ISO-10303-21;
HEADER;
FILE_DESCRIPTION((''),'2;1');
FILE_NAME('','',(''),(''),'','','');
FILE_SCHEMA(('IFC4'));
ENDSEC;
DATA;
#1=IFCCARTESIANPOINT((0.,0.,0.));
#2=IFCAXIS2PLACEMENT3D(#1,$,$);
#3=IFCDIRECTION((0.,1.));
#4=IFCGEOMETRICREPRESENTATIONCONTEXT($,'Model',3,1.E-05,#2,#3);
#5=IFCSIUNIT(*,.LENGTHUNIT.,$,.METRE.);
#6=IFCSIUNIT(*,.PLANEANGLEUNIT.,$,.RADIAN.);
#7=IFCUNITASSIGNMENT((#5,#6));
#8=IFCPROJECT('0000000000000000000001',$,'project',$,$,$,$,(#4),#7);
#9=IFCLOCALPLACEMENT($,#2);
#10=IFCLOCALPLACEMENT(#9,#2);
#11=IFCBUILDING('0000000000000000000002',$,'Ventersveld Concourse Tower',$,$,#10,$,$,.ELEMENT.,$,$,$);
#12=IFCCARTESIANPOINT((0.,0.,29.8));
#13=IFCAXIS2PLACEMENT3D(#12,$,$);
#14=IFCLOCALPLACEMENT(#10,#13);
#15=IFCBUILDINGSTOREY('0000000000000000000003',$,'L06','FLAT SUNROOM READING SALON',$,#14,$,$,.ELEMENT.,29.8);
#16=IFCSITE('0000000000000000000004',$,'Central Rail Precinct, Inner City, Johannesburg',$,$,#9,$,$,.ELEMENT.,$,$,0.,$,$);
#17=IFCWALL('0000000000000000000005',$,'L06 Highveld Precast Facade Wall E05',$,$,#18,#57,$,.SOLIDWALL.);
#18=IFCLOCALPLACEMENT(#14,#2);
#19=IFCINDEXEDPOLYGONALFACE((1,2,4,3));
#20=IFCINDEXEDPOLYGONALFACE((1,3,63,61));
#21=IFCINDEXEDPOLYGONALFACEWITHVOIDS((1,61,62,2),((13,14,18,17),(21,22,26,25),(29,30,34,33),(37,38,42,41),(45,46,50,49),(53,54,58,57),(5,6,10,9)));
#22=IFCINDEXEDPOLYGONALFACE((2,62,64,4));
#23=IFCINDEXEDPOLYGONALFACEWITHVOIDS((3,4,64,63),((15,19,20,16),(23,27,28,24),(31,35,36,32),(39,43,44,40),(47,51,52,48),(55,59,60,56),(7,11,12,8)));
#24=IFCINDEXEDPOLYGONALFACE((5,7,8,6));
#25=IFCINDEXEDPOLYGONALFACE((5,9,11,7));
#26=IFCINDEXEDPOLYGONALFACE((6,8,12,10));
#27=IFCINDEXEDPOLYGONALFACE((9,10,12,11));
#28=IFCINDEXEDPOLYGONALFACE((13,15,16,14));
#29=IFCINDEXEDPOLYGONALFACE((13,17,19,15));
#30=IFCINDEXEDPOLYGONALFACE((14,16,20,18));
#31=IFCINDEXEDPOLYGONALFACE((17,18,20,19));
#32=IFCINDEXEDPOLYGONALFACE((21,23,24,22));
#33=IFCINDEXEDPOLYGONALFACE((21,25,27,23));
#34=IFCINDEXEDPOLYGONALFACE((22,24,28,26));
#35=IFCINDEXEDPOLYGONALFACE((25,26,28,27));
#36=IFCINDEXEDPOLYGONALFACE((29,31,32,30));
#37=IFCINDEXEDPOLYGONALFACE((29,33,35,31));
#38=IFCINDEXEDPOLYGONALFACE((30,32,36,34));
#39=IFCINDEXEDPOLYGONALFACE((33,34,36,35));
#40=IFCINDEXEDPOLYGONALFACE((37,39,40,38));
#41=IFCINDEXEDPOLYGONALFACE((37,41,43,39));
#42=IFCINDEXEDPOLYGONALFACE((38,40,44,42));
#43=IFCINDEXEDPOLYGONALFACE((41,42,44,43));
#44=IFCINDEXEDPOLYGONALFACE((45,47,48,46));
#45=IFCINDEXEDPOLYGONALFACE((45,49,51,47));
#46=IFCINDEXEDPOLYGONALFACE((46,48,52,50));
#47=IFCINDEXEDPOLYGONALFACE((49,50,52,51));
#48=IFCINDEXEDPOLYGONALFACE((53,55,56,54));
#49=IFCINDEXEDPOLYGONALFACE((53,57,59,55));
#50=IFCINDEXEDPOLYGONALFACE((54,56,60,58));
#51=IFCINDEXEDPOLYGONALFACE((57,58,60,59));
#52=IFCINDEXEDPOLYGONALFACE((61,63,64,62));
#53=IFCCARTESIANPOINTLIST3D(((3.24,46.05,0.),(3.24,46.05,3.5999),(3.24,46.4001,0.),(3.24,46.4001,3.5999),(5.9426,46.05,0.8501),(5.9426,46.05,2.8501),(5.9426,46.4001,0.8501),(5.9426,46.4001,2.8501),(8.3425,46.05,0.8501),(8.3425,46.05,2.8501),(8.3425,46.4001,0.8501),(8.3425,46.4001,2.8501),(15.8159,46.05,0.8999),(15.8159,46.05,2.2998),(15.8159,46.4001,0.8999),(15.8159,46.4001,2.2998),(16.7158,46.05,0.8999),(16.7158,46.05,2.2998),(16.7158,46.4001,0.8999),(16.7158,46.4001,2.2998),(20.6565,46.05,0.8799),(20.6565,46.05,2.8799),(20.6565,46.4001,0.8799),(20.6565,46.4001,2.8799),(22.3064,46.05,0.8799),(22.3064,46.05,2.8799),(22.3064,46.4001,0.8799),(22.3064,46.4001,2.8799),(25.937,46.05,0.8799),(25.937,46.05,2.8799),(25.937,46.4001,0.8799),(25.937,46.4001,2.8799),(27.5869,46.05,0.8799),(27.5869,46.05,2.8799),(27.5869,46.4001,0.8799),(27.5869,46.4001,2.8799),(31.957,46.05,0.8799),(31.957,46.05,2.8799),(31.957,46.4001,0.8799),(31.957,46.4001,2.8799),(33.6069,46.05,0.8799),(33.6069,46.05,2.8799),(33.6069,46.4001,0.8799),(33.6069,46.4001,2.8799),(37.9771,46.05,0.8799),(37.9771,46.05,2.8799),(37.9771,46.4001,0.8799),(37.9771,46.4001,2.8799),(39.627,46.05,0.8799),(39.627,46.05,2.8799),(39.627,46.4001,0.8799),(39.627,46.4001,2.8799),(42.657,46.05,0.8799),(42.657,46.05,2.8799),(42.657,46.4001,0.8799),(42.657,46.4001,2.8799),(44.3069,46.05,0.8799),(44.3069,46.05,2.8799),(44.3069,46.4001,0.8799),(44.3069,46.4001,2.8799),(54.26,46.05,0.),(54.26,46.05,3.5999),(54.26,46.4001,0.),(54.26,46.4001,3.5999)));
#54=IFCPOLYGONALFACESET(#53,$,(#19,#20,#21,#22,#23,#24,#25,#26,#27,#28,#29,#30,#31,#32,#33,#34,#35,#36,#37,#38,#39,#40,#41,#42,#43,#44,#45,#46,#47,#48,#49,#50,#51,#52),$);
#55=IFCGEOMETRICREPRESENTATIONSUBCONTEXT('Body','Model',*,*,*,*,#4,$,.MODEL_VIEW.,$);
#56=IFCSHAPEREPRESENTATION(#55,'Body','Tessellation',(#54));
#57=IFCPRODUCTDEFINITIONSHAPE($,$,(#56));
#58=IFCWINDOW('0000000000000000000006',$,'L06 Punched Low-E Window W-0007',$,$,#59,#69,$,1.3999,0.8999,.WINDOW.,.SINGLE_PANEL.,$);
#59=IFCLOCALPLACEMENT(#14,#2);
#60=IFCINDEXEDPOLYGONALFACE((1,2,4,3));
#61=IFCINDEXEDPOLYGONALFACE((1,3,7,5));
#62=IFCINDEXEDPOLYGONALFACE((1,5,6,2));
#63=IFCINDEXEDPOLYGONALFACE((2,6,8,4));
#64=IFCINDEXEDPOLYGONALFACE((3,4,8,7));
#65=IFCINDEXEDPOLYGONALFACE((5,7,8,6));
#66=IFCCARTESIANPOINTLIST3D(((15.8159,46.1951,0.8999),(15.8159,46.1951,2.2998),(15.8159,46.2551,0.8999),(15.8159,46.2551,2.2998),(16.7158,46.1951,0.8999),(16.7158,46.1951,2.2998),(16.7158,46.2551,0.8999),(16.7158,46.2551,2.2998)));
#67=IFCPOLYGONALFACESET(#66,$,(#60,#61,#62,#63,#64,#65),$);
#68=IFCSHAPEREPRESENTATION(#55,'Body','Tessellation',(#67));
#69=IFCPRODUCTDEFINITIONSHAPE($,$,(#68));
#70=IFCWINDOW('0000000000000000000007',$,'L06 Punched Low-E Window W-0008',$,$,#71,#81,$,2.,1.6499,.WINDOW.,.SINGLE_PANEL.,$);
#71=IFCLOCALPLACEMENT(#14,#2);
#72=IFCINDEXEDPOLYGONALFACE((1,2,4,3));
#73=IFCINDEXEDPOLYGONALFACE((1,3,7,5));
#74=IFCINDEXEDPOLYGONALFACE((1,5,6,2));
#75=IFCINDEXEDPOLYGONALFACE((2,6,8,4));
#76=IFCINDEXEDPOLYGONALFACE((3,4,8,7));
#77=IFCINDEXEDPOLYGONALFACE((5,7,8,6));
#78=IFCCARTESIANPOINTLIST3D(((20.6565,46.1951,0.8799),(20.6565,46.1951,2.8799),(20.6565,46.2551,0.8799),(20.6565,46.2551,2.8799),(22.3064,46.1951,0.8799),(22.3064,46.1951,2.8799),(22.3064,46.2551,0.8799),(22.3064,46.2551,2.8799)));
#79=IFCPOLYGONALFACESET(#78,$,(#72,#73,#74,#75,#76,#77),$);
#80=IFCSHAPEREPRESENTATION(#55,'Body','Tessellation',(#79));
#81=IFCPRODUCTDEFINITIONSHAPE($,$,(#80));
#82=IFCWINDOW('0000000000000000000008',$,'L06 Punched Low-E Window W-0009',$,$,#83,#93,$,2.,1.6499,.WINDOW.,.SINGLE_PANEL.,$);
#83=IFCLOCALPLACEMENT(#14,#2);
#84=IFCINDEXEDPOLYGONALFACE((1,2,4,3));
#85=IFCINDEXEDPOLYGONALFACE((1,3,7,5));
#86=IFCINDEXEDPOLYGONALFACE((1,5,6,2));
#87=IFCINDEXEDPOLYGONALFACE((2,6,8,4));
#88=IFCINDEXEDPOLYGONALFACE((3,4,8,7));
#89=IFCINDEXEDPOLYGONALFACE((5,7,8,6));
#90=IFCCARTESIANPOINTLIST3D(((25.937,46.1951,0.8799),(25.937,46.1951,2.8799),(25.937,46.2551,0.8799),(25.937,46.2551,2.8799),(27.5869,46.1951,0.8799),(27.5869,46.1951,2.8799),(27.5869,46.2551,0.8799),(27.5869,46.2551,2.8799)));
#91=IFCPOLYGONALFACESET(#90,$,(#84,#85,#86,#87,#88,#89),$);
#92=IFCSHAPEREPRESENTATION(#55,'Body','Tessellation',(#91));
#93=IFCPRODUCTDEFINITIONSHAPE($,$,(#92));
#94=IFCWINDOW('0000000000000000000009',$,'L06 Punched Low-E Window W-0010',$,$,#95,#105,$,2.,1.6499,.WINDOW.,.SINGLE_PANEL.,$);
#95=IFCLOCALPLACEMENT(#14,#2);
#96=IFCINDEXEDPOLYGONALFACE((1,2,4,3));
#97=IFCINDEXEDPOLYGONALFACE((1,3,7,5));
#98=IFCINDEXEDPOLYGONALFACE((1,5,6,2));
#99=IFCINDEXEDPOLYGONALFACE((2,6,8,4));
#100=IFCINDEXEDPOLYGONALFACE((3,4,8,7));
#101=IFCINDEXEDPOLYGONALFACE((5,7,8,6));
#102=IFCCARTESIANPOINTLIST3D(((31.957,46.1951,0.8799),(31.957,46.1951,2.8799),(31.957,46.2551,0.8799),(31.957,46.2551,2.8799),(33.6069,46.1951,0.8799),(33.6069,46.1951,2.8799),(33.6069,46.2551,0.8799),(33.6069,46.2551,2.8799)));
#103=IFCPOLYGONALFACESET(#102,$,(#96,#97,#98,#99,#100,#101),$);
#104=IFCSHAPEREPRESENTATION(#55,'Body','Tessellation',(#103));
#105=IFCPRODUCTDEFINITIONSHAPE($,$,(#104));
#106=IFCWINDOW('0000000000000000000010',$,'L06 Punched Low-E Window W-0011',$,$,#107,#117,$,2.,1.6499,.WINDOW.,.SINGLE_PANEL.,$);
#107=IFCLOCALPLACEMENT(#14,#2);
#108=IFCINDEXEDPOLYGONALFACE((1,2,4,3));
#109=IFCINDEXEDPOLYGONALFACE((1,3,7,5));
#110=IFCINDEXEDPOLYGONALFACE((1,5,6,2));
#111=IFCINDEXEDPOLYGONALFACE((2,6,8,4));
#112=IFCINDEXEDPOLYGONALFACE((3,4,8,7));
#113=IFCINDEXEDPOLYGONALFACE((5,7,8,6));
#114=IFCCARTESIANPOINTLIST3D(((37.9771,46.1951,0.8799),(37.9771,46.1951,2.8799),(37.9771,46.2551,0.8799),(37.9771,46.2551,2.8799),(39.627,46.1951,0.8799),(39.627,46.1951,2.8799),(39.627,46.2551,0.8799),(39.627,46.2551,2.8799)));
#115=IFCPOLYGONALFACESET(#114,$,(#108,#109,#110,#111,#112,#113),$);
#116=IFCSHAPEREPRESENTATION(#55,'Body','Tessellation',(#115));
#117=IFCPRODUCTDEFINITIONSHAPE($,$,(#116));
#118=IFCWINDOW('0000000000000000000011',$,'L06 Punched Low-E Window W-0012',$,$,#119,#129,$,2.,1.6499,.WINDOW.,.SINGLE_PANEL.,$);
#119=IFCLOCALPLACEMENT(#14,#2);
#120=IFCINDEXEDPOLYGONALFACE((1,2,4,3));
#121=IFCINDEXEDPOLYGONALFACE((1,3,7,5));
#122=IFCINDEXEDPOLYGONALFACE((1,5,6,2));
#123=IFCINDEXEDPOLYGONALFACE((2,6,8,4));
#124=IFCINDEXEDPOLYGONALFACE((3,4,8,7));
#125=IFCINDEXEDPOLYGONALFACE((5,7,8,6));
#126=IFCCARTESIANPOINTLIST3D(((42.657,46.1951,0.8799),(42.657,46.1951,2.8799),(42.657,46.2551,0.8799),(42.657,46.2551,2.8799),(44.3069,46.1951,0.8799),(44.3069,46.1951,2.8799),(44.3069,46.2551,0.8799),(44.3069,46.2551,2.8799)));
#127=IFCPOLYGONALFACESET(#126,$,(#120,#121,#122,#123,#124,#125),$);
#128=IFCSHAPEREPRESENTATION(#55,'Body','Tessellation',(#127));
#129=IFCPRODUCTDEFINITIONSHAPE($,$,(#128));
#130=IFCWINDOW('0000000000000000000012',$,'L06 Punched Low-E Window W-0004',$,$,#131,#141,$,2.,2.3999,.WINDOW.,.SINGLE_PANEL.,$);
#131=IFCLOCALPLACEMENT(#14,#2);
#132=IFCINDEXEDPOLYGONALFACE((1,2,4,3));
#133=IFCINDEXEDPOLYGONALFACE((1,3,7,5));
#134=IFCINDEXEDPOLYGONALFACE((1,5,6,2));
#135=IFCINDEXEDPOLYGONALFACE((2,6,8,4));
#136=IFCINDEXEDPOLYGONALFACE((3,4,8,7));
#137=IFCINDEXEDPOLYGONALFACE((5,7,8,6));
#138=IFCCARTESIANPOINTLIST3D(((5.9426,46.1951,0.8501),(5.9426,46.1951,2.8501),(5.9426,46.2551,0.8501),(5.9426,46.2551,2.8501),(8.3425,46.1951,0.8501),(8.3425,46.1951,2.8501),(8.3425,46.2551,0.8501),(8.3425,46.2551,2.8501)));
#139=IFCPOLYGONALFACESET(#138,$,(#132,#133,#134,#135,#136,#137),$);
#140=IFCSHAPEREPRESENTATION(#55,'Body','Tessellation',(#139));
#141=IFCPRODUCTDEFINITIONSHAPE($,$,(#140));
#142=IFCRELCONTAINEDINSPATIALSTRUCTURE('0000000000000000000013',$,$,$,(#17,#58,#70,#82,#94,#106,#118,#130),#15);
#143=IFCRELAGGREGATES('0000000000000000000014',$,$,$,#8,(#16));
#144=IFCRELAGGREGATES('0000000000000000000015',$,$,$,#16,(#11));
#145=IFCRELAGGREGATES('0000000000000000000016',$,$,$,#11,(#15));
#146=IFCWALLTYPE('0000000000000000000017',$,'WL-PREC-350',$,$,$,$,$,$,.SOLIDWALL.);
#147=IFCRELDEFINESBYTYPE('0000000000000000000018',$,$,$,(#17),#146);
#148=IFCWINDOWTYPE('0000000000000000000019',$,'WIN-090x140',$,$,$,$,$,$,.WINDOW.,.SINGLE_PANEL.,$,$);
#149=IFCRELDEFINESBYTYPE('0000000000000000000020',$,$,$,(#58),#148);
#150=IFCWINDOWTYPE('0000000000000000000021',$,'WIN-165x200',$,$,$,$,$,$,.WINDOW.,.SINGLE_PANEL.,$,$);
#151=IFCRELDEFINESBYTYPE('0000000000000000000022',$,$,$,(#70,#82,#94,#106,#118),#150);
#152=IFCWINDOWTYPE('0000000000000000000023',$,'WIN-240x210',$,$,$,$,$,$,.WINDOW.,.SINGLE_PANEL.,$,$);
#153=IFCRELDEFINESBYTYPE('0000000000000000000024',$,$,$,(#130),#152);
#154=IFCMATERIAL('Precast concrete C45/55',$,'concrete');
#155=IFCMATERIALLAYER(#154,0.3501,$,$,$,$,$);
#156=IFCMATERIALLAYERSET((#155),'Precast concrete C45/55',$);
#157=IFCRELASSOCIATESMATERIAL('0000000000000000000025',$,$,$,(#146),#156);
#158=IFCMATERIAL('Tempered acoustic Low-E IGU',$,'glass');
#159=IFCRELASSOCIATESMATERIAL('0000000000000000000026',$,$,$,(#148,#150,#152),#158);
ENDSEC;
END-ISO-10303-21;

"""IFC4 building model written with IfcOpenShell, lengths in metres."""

from ifc_helpers import new_model, si_unit, direction, frame, frame_2d, origin, place, context, subcontext, project, spatial, rectangle, extrude, material, layer, layer_set, type_object, element, fill, save


model = new_model("IFC4")

# Units and contexts
model_context = context("Model", 3, precision=1e-05, world=origin(), true_north=direction((0.0, 1.0)))
body_context = subcontext(model_context, "Body", "Model", "MODEL_VIEW")
ifc_project = project(units=[si_unit("LENGTHUNIT", "METRE"), si_unit("PLANEANGLEUNIT", "RADIAN")], contexts=[model_context])

# Site, building, storey
site_placement = place(None, origin())
site = spatial("IfcSite", under=ifc_project, at=site_placement, Name="Central Rail Precinct, Inner City, Johannesburg", CompositionType="ELEMENT", RefElevation=0.0)
building_placement = place(site_placement, origin())
building = spatial("IfcBuilding", under=site, at=building_placement, Name="Ventersveld Concourse Tower", CompositionType="ELEMENT")
storey_placement = place(building_placement, frame((0.0, 0.0, 29.8)))
storey = spatial("IfcBuildingStorey", under=building, at=storey_placement, Name="L06", Description="FLAT SUNROOM READING SALON", CompositionType="ELEMENT", Elevation=29.8)

# Shared definitions
ifc_material_1 = material(Name="Precast concrete C45/55", Category="concrete")
ifc_layer_1 = layer(ifc_material_1, 0.3501)
ifc_layer_set_1 = layer_set([ifc_layer_1], Name="Precast concrete C45/55")
wall_type_1 = type_object("IfcWallType", Name="WL-PREC-350", PredefinedType="SOLIDWALL", material=ifc_layer_set_1)

# Wall, openings, windows
wall_1_placement = place(storey_placement, frame((54.26, 46.2251, 0.0), z_axis=(0.0, 0.0, 1.0), x_axis=(-1.0, 0.0, 0.0)))
wall_1 = element("IfcWall", 1, at=wall_1_placement, inside=storey, type_object=wall_type_1, Name="L06 Highveld Precast Facade Wall E05", PredefinedType="SOLIDWALL", context=body_context, shape_type="SweptSolid", body=[
    extrude(rectangle(XDim=51.02, YDim=0.3501, at=frame_2d((25.51, 0.0))), origin(), (0.0, 0.0, 1.0), 3.5999),
])
opening_1_placement = place(wall_1_placement, frame((45.9175, 0.0, 0.8501)))
opening_1 = element("IfcOpeningElement", 2, at=opening_1_placement, cuts=wall_1, PredefinedType="OPENING", context=body_context, shape_type="SweptSolid", body=[
    extrude(rectangle(XDim=2.3999, YDim=2.0, at=frame_2d((1.2, 1.0))), frame((0.0, 0.1851, 0.0), z_axis=(0.0, -1.0, 0.0), x_axis=(1.0, 0.0, 0.0)), (0.0, 0.0, 1.0), 0.3701),
])
opening_2_placement = place(wall_1_placement, frame((37.5442, 0.0, 0.8999)))
opening_2 = element("IfcOpeningElement", 3, at=opening_2_placement, cuts=wall_1, PredefinedType="OPENING", context=body_context, shape_type="SweptSolid", body=[
    extrude(rectangle(XDim=0.8999, YDim=1.3999, at=frame_2d((0.45, 0.7))), frame((0.0, 0.1851, 0.0), z_axis=(0.0, -1.0, 0.0), x_axis=(1.0, 0.0, 0.0)), (0.0, 0.0, 1.0), 0.3701),
])
opening_3_placement = place(wall_1_placement, frame((31.9536, 0.0, 0.8799)))
opening_3 = element("IfcOpeningElement", 4, at=opening_3_placement, cuts=wall_1, PredefinedType="OPENING", context=body_context, shape_type="SweptSolid", body=[
    extrude(rectangle(XDim=1.6499, YDim=2.0, at=frame_2d((0.825, 1.0))), frame((0.0, 0.1851, 0.0), z_axis=(0.0, -1.0, 0.0), x_axis=(1.0, 0.0, 0.0)), (0.0, 0.0, 1.0), 0.3701),
])
opening_4_placement = place(wall_1_placement, frame((26.6731, 0.0, 0.8799)))
opening_4 = element("IfcOpeningElement", 5, at=opening_4_placement, cuts=wall_1, PredefinedType="OPENING", context=body_context, shape_type="SweptSolid", body=[
    extrude(rectangle(XDim=1.6499, YDim=2.0, at=frame_2d((0.825, 1.0))), frame((0.0, 0.1851, 0.0), z_axis=(0.0, -1.0, 0.0), x_axis=(1.0, 0.0, 0.0)), (0.0, 0.0, 1.0), 0.3701),
])
opening_5_placement = place(wall_1_placement, frame((20.6531, 0.0, 0.8799)))
opening_5 = element("IfcOpeningElement", 6, at=opening_5_placement, cuts=wall_1, PredefinedType="OPENING", context=body_context, shape_type="SweptSolid", body=[
    extrude(rectangle(XDim=1.6499, YDim=2.0, at=frame_2d((0.825, 1.0))), frame((0.0, 0.1851, 0.0), z_axis=(0.0, -1.0, 0.0), x_axis=(1.0, 0.0, 0.0)), (0.0, 0.0, 1.0), 0.3701),
])
opening_6_placement = place(wall_1_placement, frame((14.6331, 0.0, 0.8799)))
opening_6 = element("IfcOpeningElement", 7, at=opening_6_placement, cuts=wall_1, PredefinedType="OPENING", context=body_context, shape_type="SweptSolid", body=[
    extrude(rectangle(XDim=1.6499, YDim=2.0, at=frame_2d((0.825, 1.0))), frame((0.0, 0.1851, 0.0), z_axis=(0.0, -1.0, 0.0), x_axis=(1.0, 0.0, 0.0)), (0.0, 0.0, 1.0), 0.3701),
])
opening_7_placement = place(wall_1_placement, frame((9.9531, 0.0, 0.8799)))
opening_7 = element("IfcOpeningElement", 8, at=opening_7_placement, cuts=wall_1, PredefinedType="OPENING", context=body_context, shape_type="SweptSolid", body=[
    extrude(rectangle(XDim=1.6499, YDim=2.0, at=frame_2d((0.825, 1.0))), frame((0.0, 0.1851, 0.0), z_axis=(0.0, -1.0, 0.0), x_axis=(1.0, 0.0, 0.0)), (0.0, 0.0, 1.0), 0.3701),
])
ifc_material_2 = material(Name="Tempered acoustic Low-E IGU", Category="glass")
window_type_1 = type_object("IfcWindowType", Name="WIN-090x140", PartitioningType="SINGLE_PANEL", PredefinedType="WINDOW", material=ifc_material_2)
window_1_placement = place(opening_2_placement, origin())
window_1 = element("IfcWindow", 9, at=window_1_placement, inside=storey, type_object=window_type_1, Name="L06 Punched Low-E Window W-0007", OverallHeight=1.3999, OverallWidth=0.8999, PartitioningType="SINGLE_PANEL", PredefinedType="WINDOW", context=body_context, shape_type="SweptSolid", body=[
    extrude(rectangle(XDim=0.8999, YDim=1.3999, at=frame_2d((0.45, 0.7))), frame((0.0, 0.03, 0.0), z_axis=(0.0, -1.0, 0.0), x_axis=(1.0, 0.0, 0.0)), (0.0, 0.0, 1.0), 0.0601),
])
fill(opening_2, window_1)
window_type_2 = type_object("IfcWindowType", Name="WIN-165x200", PartitioningType="SINGLE_PANEL", PredefinedType="WINDOW", material=ifc_material_2)
window_2_placement = place(opening_3_placement, origin())
window_2 = element("IfcWindow", 10, at=window_2_placement, inside=storey, type_object=window_type_2, Name="L06 Punched Low-E Window W-0008", OverallHeight=2.0, OverallWidth=1.6499, PartitioningType="SINGLE_PANEL", PredefinedType="WINDOW", context=body_context, shape_type="SweptSolid", body=[
    extrude(rectangle(XDim=1.6499, YDim=2.0, at=frame_2d((0.825, 1.0))), frame((0.0, 0.03, 0.0), z_axis=(0.0, -1.0, 0.0), x_axis=(1.0, 0.0, 0.0)), (0.0, 0.0, 1.0), 0.0601),
])
fill(opening_3, window_2)
window_3_placement = place(opening_4_placement, origin())
window_3 = element("IfcWindow", 11, at=window_3_placement, inside=storey, type_object=window_type_2, Name="L06 Punched Low-E Window W-0009", OverallHeight=2.0, OverallWidth=1.6499, PartitioningType="SINGLE_PANEL", PredefinedType="WINDOW", context=body_context, shape_type="SweptSolid", body=[
    extrude(rectangle(XDim=1.6499, YDim=2.0, at=frame_2d((0.825, 1.0))), frame((0.0, 0.03, 0.0), z_axis=(0.0, -1.0, 0.0), x_axis=(1.0, 0.0, 0.0)), (0.0, 0.0, 1.0), 0.0601),
])
fill(opening_4, window_3)
window_4_placement = place(opening_5_placement, origin())
window_4 = element("IfcWindow", 12, at=window_4_placement, inside=storey, type_object=window_type_2, Name="L06 Punched Low-E Window W-0010", OverallHeight=2.0, OverallWidth=1.6499, PartitioningType="SINGLE_PANEL", PredefinedType="WINDOW", context=body_context, shape_type="SweptSolid", body=[
    extrude(rectangle(XDim=1.6499, YDim=2.0, at=frame_2d((0.825, 1.0))), frame((0.0, 0.03, 0.0), z_axis=(0.0, -1.0, 0.0), x_axis=(1.0, 0.0, 0.0)), (0.0, 0.0, 1.0), 0.0601),
])
fill(opening_5, window_4)
window_5_placement = place(opening_6_placement, origin())
window_5 = element("IfcWindow", 13, at=window_5_placement, inside=storey, type_object=window_type_2, Name="L06 Punched Low-E Window W-0011", OverallHeight=2.0, OverallWidth=1.6499, PartitioningType="SINGLE_PANEL", PredefinedType="WINDOW", context=body_context, shape_type="SweptSolid", body=[
    extrude(rectangle(XDim=1.6499, YDim=2.0, at=frame_2d((0.825, 1.0))), frame((0.0, 0.03, 0.0), z_axis=(0.0, -1.0, 0.0), x_axis=(1.0, 0.0, 0.0)), (0.0, 0.0, 1.0), 0.0601),
])
fill(opening_6, window_5)
window_6_placement = place(opening_7_placement, origin())
window_6 = element("IfcWindow", 14, at=window_6_placement, inside=storey, type_object=window_type_2, Name="L06 Punched Low-E Window W-0012", OverallHeight=2.0, OverallWidth=1.6499, PartitioningType="SINGLE_PANEL", PredefinedType="WINDOW", context=body_context, shape_type="SweptSolid", body=[
    extrude(rectangle(XDim=1.6499, YDim=2.0, at=frame_2d((0.825, 1.0))), frame((0.0, 0.03, 0.0), z_axis=(0.0, -1.0, 0.0), x_axis=(1.0, 0.0, 0.0)), (0.0, 0.0, 1.0), 0.0601),
])
fill(opening_7, window_6)
window_type_3 = type_object("IfcWindowType", Name="WIN-240x210", PartitioningType="SINGLE_PANEL", PredefinedType="WINDOW", material=ifc_material_2)
window_7_placement = place(opening_1_placement, origin())
window_7 = element("IfcWindow", 15, at=window_7_placement, inside=storey, type_object=window_type_3, Name="L06 Punched Low-E Window W-0004", OverallHeight=2.0, OverallWidth=2.3999, PartitioningType="SINGLE_PANEL", PredefinedType="WINDOW", context=body_context, shape_type="SweptSolid", body=[
    extrude(rectangle(XDim=2.3999, YDim=2.0, at=frame_2d((1.2, 1.0))), frame((0.0, 0.03, 0.0), z_axis=(0.0, -1.0, 0.0), x_axis=(1.0, 0.0, 0.0)), (0.0, 0.0, 1.0), 0.0601),
])
fill(opening_1, window_7)

save(model, "model.ifc")
